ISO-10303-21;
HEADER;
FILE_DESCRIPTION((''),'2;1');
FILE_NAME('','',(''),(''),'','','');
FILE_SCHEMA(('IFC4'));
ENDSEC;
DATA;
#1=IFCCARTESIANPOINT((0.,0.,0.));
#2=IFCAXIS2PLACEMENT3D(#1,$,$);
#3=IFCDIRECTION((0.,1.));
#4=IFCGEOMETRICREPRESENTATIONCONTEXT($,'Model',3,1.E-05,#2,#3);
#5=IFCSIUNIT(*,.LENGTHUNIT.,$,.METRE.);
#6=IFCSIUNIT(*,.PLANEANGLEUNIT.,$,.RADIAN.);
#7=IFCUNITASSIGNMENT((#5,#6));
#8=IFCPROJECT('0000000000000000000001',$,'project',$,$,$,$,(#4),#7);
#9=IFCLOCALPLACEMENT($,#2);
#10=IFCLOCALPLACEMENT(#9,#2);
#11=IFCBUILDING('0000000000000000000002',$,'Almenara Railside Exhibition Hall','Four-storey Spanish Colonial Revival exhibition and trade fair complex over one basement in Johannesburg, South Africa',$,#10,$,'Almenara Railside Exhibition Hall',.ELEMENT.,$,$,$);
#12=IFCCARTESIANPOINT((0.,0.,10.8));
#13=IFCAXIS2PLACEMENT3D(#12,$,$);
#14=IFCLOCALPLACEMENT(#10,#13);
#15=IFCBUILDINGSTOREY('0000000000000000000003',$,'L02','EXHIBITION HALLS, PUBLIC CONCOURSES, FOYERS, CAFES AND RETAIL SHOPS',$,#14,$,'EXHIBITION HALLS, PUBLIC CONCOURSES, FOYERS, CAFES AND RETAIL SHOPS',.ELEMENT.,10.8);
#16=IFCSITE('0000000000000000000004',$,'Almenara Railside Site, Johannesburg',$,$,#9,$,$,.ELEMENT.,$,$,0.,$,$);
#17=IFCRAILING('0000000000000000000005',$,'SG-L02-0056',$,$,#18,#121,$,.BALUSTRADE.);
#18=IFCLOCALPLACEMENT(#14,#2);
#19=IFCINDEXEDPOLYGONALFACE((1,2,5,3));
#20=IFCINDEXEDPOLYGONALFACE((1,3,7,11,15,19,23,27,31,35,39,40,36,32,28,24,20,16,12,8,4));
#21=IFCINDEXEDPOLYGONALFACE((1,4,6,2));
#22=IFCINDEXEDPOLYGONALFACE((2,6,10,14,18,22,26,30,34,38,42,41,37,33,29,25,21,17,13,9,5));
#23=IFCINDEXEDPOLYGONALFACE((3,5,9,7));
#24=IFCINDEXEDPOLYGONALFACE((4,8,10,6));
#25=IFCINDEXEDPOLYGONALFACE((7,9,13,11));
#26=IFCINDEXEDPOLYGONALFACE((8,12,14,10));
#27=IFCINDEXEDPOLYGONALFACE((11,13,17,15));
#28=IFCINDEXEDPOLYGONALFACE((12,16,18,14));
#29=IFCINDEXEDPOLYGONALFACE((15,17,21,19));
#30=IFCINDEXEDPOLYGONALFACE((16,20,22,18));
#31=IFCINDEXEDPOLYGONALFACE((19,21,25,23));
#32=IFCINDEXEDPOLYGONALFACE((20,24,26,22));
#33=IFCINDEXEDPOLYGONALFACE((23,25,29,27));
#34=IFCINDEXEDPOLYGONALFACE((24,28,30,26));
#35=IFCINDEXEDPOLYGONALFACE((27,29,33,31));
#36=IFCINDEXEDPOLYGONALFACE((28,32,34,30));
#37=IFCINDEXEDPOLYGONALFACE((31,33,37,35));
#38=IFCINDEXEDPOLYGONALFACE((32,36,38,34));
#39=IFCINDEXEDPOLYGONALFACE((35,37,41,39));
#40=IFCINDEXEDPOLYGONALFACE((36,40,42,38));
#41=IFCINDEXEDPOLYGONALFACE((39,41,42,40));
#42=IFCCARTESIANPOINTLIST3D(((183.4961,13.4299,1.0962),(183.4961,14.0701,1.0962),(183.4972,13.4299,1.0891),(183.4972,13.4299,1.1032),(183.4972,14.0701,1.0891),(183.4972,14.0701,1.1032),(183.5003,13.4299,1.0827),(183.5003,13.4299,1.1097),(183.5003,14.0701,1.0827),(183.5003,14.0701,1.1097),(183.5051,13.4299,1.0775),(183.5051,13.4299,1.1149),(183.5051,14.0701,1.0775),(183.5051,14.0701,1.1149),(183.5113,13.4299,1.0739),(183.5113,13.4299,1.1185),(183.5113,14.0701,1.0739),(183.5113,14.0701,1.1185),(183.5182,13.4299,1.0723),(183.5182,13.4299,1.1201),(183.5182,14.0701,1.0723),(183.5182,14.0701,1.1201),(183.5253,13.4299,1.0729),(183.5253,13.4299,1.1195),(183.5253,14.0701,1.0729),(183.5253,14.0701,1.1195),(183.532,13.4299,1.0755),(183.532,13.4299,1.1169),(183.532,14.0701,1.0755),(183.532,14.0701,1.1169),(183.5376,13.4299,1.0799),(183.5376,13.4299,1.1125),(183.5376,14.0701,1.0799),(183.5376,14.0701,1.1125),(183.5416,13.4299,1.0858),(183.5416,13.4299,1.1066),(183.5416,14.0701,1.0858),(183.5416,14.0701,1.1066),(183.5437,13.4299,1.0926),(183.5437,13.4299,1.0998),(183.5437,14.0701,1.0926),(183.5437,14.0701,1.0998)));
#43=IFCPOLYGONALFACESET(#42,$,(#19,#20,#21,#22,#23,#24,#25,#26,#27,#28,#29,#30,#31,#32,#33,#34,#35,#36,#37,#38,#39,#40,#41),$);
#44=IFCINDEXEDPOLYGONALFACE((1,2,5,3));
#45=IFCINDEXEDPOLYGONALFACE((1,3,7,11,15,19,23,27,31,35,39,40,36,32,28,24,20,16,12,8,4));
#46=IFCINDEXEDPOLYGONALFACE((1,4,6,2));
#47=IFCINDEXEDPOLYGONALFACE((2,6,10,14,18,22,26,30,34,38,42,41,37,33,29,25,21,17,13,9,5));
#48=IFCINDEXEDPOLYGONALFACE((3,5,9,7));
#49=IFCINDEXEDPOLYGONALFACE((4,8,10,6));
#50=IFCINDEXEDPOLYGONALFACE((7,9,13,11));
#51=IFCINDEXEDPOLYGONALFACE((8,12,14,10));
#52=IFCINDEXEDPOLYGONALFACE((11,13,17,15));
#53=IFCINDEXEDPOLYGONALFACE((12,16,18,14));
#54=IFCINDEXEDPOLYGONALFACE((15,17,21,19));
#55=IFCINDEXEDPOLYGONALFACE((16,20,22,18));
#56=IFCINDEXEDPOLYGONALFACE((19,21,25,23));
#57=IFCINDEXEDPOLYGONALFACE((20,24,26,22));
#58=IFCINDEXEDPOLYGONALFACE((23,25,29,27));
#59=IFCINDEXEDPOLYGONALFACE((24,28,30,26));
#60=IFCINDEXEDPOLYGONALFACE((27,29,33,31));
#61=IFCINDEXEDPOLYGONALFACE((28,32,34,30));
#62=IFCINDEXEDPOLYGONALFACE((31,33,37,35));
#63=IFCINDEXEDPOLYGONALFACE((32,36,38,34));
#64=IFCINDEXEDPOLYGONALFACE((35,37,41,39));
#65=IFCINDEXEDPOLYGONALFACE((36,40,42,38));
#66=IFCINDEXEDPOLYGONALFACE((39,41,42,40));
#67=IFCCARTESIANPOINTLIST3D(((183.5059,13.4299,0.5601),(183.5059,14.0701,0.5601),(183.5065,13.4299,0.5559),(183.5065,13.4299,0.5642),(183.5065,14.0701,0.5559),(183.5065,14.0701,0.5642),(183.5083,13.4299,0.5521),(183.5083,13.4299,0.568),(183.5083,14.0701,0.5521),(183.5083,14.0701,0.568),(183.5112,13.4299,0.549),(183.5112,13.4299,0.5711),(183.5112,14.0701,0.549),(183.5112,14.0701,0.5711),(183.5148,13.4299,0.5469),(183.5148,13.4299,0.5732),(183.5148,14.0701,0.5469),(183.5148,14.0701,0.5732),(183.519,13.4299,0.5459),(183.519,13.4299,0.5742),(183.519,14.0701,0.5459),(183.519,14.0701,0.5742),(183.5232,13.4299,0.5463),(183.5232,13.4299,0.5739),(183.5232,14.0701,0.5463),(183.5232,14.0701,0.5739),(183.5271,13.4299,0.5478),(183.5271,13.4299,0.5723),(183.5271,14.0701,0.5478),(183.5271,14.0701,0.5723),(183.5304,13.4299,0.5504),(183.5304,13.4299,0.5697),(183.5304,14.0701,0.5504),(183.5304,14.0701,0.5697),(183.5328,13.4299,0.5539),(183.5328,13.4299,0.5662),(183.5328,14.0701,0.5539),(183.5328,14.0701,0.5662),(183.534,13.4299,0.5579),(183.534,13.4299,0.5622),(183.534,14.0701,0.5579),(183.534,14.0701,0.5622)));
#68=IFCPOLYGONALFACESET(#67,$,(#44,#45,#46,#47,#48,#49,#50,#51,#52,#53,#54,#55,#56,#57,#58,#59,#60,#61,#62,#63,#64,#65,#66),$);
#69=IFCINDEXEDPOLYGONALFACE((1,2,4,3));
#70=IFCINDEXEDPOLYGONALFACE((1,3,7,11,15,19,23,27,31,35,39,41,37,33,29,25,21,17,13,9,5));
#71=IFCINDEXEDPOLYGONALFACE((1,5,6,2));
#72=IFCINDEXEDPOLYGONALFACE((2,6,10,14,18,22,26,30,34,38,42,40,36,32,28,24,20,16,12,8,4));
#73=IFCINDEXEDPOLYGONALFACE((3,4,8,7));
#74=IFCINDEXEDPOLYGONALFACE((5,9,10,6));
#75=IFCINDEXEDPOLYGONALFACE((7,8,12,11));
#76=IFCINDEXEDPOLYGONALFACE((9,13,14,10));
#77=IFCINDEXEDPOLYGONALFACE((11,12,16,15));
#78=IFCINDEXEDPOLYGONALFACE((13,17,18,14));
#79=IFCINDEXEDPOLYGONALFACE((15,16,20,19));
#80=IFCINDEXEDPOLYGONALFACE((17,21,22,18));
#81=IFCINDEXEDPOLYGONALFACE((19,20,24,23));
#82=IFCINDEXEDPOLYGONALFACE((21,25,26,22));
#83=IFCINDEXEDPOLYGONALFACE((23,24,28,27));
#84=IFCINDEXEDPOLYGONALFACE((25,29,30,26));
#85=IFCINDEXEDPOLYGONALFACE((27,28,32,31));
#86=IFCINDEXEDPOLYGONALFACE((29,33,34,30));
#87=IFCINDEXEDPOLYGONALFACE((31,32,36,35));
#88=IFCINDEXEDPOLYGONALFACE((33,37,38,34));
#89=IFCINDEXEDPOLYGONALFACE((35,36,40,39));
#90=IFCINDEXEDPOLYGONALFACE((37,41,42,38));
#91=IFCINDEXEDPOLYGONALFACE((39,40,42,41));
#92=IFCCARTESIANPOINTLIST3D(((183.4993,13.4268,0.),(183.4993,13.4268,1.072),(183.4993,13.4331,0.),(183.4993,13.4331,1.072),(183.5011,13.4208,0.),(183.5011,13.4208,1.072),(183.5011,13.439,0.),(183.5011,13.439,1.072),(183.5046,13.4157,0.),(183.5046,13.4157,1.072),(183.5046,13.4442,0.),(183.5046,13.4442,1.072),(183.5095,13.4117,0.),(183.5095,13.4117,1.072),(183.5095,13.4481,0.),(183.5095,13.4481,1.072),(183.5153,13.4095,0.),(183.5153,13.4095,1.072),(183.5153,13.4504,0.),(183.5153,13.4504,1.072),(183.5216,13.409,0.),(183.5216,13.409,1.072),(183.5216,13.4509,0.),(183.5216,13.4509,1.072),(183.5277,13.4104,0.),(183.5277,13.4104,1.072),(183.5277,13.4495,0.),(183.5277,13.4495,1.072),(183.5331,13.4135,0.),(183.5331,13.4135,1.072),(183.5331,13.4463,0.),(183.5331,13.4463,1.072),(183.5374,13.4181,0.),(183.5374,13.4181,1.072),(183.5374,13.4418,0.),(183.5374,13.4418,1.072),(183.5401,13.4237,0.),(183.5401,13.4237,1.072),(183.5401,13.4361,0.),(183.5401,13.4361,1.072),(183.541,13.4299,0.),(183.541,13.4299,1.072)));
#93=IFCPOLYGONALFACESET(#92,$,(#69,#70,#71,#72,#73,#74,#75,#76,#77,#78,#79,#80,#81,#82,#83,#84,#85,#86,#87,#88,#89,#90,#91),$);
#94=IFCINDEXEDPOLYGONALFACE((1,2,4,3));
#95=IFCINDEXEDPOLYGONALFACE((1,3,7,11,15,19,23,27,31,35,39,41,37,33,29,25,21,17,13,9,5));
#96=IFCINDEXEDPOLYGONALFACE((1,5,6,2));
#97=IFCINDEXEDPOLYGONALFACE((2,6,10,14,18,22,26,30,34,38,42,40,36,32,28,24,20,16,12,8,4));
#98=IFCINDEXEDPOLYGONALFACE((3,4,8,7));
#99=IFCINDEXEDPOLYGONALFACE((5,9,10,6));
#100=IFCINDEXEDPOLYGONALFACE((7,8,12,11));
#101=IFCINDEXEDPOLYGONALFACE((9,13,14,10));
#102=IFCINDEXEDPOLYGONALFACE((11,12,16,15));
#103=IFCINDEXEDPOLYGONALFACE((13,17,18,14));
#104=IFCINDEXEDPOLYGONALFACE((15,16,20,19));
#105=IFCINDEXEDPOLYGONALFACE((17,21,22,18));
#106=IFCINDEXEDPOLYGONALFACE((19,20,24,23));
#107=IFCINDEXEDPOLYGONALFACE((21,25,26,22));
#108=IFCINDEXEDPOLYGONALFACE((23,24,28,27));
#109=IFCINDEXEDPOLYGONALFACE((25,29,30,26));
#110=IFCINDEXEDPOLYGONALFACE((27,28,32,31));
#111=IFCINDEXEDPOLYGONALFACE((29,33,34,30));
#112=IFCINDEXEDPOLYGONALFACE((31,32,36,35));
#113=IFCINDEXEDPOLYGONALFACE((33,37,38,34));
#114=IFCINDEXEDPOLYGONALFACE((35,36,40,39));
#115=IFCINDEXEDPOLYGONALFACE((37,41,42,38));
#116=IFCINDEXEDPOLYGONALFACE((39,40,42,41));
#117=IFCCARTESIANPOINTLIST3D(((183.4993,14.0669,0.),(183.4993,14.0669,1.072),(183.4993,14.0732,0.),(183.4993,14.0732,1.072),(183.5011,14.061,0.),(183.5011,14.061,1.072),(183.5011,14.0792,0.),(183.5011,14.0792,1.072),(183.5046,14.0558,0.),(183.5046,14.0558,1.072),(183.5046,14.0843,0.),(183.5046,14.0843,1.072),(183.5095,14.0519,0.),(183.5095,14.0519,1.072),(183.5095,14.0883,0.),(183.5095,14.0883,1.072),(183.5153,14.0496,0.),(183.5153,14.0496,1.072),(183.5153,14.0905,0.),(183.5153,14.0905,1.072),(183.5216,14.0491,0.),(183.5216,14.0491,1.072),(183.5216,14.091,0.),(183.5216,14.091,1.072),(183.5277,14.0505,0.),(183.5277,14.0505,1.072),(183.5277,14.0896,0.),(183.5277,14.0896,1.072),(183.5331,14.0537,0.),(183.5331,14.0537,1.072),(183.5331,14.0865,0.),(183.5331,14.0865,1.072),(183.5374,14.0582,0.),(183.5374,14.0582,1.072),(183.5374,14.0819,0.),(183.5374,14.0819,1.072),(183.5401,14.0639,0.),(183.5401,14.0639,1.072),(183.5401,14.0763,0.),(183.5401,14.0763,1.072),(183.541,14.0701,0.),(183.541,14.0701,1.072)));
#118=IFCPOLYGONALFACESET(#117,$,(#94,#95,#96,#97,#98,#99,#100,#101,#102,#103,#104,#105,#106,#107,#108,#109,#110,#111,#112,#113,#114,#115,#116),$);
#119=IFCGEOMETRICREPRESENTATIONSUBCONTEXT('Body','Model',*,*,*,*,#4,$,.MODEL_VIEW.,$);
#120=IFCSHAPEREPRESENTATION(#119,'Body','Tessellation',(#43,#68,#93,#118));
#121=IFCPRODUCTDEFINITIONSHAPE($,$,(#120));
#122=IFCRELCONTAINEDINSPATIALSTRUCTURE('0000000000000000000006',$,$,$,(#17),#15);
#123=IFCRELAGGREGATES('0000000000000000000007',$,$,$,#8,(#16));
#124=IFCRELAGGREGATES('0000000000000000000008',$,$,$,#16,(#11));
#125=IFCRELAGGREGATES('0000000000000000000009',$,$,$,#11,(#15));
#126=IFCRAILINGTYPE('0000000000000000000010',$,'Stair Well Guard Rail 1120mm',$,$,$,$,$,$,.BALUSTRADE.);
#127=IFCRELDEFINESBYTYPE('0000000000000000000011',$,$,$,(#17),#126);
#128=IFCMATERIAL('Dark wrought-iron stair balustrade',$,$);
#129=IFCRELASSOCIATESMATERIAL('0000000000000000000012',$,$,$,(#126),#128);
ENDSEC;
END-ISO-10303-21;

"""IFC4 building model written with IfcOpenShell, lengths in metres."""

from ifc_helpers import new_model, si_unit, direction, frame, origin, origin_2d, place, context, subcontext, project, spatial, circle, extrude, material, type_object, element, save


model = new_model("IFC4")

# Units and contexts
model_context = context("Model", 3, precision=1e-05, world=origin(), true_north=direction((0.0, 1.0)))
body_context = subcontext(model_context, "Body", "Model", "MODEL_VIEW")
ifc_project = project(units=[si_unit("LENGTHUNIT", "METRE"), si_unit("PLANEANGLEUNIT", "RADIAN")], contexts=[model_context])

# Site, building, storey
site_placement = place(None, origin())
site = spatial("IfcSite", under=ifc_project, at=site_placement, Name="Almenara Railside Site, Johannesburg", CompositionType="ELEMENT", RefElevation=0.0)
building_placement = place(site_placement, origin())
building = spatial("IfcBuilding", under=site, at=building_placement, Name="Almenara Railside Exhibition Hall", Description="Four-storey Spanish Colonial Revival exhibition and trade fair complex over one basement in Johannesburg, South Africa", LongName="Almenara Railside Exhibition Hall", CompositionType="ELEMENT")
storey_placement = place(building_placement, frame((0.0, 0.0, 10.8)))
storey = spatial("IfcBuildingStorey", under=building, at=storey_placement, Name="L02", Description="EXHIBITION HALLS, PUBLIC CONCOURSES, FOYERS, CAFES AND RETAIL SHOPS", LongName="EXHIBITION HALLS, PUBLIC CONCOURSES, FOYERS, CAFES AND RETAIL SHOPS", CompositionType="ELEMENT", Elevation=10.8)

# Railing
ifc_material_1 = material(Name="Dark wrought-iron stair balustrade")
railing_type_1 = type_object("IfcRailingType", Name="Stair Well Guard Rail 1120mm", PredefinedType="BALUSTRADE", material=ifc_material_1)
railing_1_placement = place(storey_placement, frame((183.52, 13.4299, 0.0)))
element("IfcRailing", 1, at=railing_1_placement, inside=storey, type_object=railing_type_1, Name="SG-L02-0056", PredefinedType="BALUSTRADE", context=body_context, shape_type="SweptSolid", body=[
    extrude(circle(Radius=0.0239, at=origin_2d()), frame((0.0, 0.0, 1.0962), z_axis=(0.0, 1.0, 0.0), x_axis=(-1.0, 0.0, 0.0)), (0.0, 0.0, 1.0), 0.6401),
    extrude(circle(Radius=0.0142, at=origin_2d()), frame((0.0, 0.0, 0.5601), z_axis=(0.0, 1.0, 0.0), x_axis=(-1.0, 0.0, 0.0)), (0.0, 0.0, 1.0), 0.6401),
    extrude(circle(Radius=0.021, at=origin_2d()), origin(), (0.0, 0.0, 1.0), 1.072),
    extrude(circle(Radius=0.021, at=origin_2d()), frame((0.0, 0.6401, 0.0)), (0.0, 0.0, 1.0), 1.072),
])

save(model, "model.ifc")
